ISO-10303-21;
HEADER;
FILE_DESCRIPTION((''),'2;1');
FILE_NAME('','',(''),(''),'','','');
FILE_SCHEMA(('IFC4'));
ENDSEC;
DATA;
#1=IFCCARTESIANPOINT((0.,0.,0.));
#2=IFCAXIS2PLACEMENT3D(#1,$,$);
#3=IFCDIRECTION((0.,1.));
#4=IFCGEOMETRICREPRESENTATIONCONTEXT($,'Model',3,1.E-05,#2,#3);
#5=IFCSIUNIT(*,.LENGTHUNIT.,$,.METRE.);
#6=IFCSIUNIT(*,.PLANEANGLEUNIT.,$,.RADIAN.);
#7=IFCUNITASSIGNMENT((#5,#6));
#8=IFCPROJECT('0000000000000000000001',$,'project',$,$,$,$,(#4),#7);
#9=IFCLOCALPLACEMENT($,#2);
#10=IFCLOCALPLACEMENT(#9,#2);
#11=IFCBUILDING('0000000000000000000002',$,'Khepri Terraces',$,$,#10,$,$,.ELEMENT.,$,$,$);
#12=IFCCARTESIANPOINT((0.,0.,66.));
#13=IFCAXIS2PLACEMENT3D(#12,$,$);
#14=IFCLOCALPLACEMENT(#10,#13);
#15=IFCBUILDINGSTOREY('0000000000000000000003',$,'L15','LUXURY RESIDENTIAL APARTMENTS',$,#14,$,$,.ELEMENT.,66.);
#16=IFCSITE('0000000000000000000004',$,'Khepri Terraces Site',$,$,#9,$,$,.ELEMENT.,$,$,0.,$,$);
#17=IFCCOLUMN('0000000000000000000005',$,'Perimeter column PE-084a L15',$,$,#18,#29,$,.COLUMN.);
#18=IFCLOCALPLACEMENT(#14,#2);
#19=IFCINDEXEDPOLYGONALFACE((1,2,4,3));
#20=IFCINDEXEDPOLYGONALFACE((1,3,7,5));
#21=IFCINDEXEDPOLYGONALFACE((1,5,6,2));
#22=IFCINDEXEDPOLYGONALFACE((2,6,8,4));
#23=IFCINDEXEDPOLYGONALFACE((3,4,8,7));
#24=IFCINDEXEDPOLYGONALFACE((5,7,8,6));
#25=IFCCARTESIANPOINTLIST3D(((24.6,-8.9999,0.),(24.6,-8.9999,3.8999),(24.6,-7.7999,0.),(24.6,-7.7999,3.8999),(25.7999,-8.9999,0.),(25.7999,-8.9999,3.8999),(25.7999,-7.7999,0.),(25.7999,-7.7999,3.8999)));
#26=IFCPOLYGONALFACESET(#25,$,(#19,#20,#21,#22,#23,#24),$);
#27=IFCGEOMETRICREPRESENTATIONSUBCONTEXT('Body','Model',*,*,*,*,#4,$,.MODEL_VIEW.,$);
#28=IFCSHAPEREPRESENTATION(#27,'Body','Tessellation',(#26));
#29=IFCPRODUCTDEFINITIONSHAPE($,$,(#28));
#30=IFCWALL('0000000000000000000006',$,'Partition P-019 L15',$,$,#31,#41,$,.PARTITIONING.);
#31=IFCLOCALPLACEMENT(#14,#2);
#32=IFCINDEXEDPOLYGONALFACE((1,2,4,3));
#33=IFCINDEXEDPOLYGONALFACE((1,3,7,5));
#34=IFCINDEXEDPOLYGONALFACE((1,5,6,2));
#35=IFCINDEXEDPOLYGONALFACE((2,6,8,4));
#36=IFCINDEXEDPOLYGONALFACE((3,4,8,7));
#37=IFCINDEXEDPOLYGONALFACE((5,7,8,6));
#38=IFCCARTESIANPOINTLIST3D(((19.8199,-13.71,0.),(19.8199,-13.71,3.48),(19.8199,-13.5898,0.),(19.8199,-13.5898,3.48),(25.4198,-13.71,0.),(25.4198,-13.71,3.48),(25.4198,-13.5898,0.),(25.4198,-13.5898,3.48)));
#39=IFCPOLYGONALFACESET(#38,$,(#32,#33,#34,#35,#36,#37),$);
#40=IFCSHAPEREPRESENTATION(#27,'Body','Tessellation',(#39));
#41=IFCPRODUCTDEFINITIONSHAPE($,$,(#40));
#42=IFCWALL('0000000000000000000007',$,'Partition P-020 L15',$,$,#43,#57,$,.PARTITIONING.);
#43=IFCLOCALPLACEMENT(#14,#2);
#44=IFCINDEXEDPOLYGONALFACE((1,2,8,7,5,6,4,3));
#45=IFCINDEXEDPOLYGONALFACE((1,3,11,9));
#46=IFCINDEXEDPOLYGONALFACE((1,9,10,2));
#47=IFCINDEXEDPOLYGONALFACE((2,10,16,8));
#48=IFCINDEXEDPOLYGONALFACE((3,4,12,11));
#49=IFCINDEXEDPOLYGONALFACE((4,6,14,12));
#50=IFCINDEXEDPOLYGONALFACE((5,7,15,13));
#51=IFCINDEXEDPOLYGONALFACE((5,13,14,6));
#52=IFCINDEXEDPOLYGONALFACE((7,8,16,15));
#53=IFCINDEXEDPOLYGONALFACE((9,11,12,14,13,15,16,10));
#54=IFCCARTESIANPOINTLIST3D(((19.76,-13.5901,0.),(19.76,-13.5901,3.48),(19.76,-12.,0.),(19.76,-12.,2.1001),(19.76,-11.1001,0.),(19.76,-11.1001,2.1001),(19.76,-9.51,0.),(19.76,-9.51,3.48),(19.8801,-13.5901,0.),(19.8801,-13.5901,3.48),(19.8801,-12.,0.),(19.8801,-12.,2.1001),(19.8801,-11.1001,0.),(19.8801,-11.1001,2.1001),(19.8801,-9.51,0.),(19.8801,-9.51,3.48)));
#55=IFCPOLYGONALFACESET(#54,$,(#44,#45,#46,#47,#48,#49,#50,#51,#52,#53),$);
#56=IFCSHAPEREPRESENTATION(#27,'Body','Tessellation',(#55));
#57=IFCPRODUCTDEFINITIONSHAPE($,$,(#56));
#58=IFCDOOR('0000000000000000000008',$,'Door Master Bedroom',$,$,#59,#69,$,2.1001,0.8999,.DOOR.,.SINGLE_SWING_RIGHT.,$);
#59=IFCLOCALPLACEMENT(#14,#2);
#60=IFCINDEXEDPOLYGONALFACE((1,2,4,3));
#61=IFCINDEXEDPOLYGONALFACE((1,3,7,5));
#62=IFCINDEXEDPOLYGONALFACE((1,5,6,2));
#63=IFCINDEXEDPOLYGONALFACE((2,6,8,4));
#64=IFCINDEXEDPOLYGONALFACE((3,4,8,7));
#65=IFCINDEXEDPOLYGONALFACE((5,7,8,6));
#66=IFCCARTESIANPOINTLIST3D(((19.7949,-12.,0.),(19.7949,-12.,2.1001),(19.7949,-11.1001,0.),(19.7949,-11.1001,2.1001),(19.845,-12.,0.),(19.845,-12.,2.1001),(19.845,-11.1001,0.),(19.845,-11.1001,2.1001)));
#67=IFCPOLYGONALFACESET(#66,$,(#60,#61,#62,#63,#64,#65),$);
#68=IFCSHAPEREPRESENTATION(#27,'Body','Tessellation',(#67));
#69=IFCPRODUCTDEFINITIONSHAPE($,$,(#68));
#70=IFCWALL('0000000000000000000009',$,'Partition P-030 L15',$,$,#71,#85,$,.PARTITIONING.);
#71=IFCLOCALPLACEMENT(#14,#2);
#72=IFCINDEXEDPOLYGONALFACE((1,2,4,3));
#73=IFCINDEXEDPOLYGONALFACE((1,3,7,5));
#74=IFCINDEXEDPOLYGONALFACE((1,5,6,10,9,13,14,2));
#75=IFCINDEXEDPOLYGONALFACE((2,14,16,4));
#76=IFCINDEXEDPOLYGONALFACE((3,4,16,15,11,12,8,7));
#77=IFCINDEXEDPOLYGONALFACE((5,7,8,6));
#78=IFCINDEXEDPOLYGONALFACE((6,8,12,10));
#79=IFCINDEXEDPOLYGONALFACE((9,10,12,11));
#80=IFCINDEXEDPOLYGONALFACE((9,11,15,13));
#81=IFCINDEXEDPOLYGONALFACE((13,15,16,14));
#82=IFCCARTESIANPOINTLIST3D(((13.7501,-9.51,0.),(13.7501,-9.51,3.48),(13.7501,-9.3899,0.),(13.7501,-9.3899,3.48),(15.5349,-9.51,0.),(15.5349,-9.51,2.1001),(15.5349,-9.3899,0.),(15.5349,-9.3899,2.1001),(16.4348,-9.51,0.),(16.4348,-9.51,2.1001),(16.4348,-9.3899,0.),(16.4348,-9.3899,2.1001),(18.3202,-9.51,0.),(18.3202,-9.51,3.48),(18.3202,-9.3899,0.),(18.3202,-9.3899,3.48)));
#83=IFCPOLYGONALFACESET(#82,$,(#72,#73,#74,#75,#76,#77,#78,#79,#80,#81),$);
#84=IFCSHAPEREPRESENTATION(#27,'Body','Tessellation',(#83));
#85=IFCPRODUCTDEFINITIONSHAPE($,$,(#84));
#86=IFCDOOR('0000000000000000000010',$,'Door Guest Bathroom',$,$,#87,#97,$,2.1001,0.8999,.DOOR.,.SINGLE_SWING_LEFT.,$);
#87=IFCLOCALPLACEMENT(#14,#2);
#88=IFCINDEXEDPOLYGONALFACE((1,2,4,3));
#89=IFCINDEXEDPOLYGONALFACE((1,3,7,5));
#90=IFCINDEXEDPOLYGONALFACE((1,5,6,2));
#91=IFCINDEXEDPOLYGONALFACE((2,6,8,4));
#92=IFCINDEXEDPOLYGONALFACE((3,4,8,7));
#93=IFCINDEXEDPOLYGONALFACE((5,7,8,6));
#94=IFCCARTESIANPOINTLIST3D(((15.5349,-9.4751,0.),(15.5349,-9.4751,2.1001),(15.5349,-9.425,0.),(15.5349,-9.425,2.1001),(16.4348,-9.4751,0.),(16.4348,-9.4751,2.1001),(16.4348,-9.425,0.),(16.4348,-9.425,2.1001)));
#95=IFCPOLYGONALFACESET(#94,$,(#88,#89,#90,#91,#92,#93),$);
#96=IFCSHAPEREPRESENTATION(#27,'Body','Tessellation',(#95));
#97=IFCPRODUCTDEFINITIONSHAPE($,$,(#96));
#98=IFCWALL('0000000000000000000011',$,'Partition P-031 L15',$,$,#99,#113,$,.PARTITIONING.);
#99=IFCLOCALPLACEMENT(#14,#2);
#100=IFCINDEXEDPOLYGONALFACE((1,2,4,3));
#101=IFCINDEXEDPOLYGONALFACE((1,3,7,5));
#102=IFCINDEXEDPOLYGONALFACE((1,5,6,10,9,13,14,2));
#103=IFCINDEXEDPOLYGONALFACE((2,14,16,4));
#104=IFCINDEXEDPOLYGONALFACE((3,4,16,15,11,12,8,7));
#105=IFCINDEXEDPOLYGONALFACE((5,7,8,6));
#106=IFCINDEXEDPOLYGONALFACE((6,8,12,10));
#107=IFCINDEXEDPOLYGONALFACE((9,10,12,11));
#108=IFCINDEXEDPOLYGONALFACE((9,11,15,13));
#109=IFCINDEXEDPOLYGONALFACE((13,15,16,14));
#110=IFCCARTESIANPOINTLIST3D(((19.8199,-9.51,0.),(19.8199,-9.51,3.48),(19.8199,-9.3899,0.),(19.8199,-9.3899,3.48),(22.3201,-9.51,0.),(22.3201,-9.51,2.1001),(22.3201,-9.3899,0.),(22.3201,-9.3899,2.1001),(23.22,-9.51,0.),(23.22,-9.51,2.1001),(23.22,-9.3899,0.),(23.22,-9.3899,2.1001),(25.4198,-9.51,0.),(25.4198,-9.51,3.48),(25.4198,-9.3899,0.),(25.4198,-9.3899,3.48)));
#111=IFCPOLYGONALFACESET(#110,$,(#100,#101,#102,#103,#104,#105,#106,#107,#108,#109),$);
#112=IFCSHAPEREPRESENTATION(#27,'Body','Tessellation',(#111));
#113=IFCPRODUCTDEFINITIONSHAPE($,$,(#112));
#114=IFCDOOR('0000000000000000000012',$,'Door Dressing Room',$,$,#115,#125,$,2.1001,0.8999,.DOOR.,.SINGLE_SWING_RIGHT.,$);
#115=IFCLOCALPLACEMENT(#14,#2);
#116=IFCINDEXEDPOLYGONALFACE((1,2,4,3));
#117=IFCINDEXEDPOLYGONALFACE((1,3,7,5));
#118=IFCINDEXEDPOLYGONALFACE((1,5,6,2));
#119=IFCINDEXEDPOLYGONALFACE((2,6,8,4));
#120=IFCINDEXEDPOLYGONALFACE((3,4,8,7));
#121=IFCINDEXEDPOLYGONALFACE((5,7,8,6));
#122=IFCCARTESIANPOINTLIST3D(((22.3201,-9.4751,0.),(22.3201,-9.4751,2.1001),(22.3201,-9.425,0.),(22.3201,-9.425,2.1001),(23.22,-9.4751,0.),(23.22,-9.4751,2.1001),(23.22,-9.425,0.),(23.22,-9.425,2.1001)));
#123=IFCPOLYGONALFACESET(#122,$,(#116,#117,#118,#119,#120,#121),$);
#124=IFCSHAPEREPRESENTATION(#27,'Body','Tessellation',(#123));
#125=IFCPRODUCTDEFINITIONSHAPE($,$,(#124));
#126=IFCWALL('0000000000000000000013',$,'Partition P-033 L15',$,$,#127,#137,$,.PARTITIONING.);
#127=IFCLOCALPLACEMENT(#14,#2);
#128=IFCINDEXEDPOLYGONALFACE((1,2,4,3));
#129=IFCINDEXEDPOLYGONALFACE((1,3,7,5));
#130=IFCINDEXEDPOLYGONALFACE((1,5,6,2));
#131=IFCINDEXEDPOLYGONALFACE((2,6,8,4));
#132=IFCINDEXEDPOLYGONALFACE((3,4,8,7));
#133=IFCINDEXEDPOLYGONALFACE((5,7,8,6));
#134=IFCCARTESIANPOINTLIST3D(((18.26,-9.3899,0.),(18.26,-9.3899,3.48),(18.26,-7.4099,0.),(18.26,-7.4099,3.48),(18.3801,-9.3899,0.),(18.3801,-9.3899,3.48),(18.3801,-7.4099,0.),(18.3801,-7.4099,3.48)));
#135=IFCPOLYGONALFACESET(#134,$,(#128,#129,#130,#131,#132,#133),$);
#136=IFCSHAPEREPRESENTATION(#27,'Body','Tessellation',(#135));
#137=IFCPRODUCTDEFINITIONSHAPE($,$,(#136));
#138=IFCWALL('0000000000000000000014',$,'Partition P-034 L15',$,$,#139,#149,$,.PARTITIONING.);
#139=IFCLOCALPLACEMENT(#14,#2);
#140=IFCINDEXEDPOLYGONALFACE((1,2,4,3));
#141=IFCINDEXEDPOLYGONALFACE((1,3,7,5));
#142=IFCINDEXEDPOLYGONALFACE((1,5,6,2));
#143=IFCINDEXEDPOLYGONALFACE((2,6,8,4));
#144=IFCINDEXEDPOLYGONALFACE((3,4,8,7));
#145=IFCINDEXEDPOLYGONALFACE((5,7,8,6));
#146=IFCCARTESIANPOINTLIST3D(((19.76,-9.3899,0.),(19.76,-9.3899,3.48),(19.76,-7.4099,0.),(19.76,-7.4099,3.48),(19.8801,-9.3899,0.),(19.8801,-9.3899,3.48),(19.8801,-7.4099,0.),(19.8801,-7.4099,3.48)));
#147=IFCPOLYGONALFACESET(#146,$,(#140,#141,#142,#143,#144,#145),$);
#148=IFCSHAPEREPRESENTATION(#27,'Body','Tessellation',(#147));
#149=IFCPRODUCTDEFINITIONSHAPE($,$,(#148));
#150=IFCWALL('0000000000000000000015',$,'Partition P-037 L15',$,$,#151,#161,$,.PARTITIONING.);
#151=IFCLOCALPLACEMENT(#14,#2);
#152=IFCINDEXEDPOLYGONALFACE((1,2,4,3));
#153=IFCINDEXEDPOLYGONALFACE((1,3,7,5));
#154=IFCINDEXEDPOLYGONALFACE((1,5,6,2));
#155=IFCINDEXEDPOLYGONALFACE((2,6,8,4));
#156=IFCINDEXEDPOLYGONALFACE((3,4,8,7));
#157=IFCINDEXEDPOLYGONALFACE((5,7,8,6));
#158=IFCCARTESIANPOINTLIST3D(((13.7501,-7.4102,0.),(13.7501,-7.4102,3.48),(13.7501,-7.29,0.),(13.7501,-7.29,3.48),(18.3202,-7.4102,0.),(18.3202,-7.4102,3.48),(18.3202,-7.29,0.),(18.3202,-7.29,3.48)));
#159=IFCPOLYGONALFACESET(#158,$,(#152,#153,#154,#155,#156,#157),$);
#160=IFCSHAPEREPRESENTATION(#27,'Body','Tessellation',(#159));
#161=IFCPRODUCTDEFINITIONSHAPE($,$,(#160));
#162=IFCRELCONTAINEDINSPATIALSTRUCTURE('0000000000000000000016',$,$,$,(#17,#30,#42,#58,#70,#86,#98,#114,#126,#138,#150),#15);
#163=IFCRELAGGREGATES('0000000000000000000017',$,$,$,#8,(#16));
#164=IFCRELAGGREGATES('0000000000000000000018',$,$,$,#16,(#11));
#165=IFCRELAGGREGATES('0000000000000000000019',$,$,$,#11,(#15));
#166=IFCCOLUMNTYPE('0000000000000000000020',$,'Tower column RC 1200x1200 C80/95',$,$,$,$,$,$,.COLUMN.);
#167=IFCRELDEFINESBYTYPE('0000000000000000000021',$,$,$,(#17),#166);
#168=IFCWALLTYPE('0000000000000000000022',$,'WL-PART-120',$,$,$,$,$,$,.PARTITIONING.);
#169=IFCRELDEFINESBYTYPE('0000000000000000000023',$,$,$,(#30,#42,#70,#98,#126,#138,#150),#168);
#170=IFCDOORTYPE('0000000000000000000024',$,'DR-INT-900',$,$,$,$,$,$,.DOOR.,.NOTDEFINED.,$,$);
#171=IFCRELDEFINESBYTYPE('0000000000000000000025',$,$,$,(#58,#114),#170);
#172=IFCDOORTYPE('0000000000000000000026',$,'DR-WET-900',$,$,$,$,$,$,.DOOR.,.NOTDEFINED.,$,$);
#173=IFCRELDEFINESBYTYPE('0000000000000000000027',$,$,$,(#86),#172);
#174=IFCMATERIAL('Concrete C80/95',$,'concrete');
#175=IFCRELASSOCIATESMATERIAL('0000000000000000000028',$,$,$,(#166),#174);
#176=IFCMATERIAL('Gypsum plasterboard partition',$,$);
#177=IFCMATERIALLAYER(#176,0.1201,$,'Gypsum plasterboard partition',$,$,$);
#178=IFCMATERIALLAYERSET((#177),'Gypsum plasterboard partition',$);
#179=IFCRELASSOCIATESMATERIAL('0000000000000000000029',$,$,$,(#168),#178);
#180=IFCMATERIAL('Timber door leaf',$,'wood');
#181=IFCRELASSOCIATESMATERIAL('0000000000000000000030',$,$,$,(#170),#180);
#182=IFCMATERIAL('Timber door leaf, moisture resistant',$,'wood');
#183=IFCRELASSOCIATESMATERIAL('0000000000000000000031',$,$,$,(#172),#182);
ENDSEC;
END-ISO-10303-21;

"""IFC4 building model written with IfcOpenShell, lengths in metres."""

from ifc_helpers import new_model, si_unit, direction, frame, frame_2d, origin, origin_2d, place, context, subcontext, project, spatial, rectangle, extrude, material, layer, layer_set, material_profile, profile_set, type_object, element, fill, save


model = new_model("IFC4")

# Units and contexts
model_context = context("Model", 3, precision=1e-05, world=origin(), true_north=direction((0.0, 1.0)))
body_context = subcontext(model_context, "Body", "Model", "MODEL_VIEW")
ifc_project = project(units=[si_unit("LENGTHUNIT", "METRE"), si_unit("PLANEANGLEUNIT", "RADIAN")], contexts=[model_context])

# Site, building, storey
site_placement = place(None, origin())
site = spatial("IfcSite", under=ifc_project, at=site_placement, Name="Khepri Terraces Site", CompositionType="ELEMENT", RefElevation=0.0)
building_placement = place(site_placement, origin())
building = spatial("IfcBuilding", under=site, at=building_placement, Name="Khepri Terraces", CompositionType="ELEMENT")
storey_placement = place(building_placement, frame((0.0, 0.0, 66.0)))
storey = spatial("IfcBuildingStorey", under=building, at=storey_placement, Name="L15", Description="LUXURY RESIDENTIAL APARTMENTS", CompositionType="ELEMENT", Elevation=66.0)

# Column
ifc_material_1 = material(Name="Concrete C80/95", Category="concrete")
ifc_material_profile = material_profile(ifc_material_1, rectangle(XDim=1.2, YDim=1.2, at=origin_2d()), Name="Concrete C80/95", Category="concrete")
ifc_profile_set = profile_set([ifc_material_profile], Name="Concrete C80/95")
column_type = type_object("IfcColumnType", Name="Tower column RC 1200x1200 C80/95", PredefinedType="COLUMN", material=ifc_profile_set)
column_placement = place(storey_placement, frame((25.2, -8.3999, 0.0), z_axis=(0.0, 0.0, 1.0), x_axis=(1.0, 0.0, 0.0)))
element("IfcColumn", 1, at=column_placement, inside=storey, type_object=column_type, Name="Perimeter column PE-084a L15", PredefinedType="COLUMN", context=body_context, shape_type="SweptSolid", body=[
    extrude(rectangle(XDim=1.2, YDim=1.2, at=origin_2d()), origin(), (0.0, 0.0, 1.0), 3.8999),
])

# Wall
ifc_material_2 = material(Name="Gypsum plasterboard partition")
ifc_layer_1 = layer(ifc_material_2, 0.1201, Name="Gypsum plasterboard partition")
ifc_layer_set_1 = layer_set([ifc_layer_1], Name="Gypsum plasterboard partition")
wall_type_1 = type_object("IfcWallType", Name="WL-PART-120", PredefinedType="PARTITIONING", material=ifc_layer_set_1)
wall_1_placement = place(storey_placement, frame((19.8201, -13.6499, 0.0), z_axis=(0.0, 0.0, 1.0), x_axis=(1.0, 0.0, 0.0)))
element("IfcWall", 2, at=wall_1_placement, inside=storey, type_object=wall_type_1, Name="Partition P-019 L15", PredefinedType="PARTITIONING", context=body_context, shape_type="SweptSolid", body=[
    extrude(rectangle(XDim=5.5999, YDim=0.1201, at=frame_2d((2.7998, 0.0))), origin(), (0.0, 0.0, 1.0), 3.48),
])

# Walls, openings, doors
wall_2_placement = place(storey_placement, frame((19.8201, -13.5901, 0.0), z_axis=(0.0, 0.0, 1.0), x_axis=(0.0, 1.0, 0.0)))
wall_2 = element("IfcWall", 3, at=wall_2_placement, inside=storey, type_object=wall_type_1, Name="Partition P-020 L15", PredefinedType="PARTITIONING", context=body_context, shape_type="SweptSolid", body=[
    extrude(rectangle(XDim=4.0801, YDim=0.1201, at=frame_2d((2.04, 0.0))), origin(), (0.0, 0.0, 1.0), 3.48),
])
opening_1_placement = place(wall_2_placement, frame((1.5901, 0.0, 0.0)))
opening_1 = element("IfcOpeningElement", 4, at=opening_1_placement, cuts=wall_2, PredefinedType="OPENING", context=body_context, shape_type="SweptSolid", body=[
    extrude(rectangle(XDim=0.8999, YDim=2.1001, at=frame_2d((0.45, 1.05))), frame((0.0, 0.0701, 0.0), z_axis=(0.0, -1.0, 0.0), x_axis=(1.0, 0.0, 0.0)), (0.0, 0.0, 1.0), 0.1401),
])
ifc_material_3 = material(Name="Timber door leaf", Category="wood")
door_type_1 = type_object("IfcDoorType", Name="DR-INT-900", OperationType="NOTDEFINED", PredefinedType="DOOR", material=ifc_material_3)
door_1_placement = place(opening_1_placement, frame((0.8999, 0.0, 0.0), z_axis=(0.0, 0.0, 1.0), x_axis=(-1.0, 0.0, 0.0)))
door_1 = element("IfcDoor", 5, at=door_1_placement, inside=storey, type_object=door_type_1, Name="Door Master Bedroom", OperationType="SINGLE_SWING_RIGHT", OverallHeight=2.1001, OverallWidth=0.8999, PredefinedType="DOOR", context=body_context, shape_type="SweptSolid", body=[
    extrude(rectangle(XDim=0.8999, YDim=2.1001, at=frame_2d((0.45, 1.05))), frame((0.0, 0.0249, 0.0), z_axis=(0.0, -1.0, 0.0), x_axis=(1.0, 0.0, 0.0)), (0.0, 0.0, 1.0), 0.05),
])
fill(opening_1, door_1)
wall_3_placement = place(storey_placement, frame((13.75, -9.45, 0.0), z_axis=(0.0, 0.0, 1.0), x_axis=(1.0, 0.0, 0.0)))
wall_3 = element("IfcWall", 6, at=wall_3_placement, inside=storey, type_object=wall_type_1, Name="Partition P-030 L15", PredefinedType="PARTITIONING", context=body_context, shape_type="SweptSolid", body=[
    extrude(rectangle(XDim=4.5701, YDim=0.1201, at=frame_2d((2.2852, 0.0))), origin(), (0.0, 0.0, 1.0), 3.48),
])
opening_2_placement = place(wall_3_placement, frame((1.7849, 0.0, 0.0)))
opening_2 = element("IfcOpeningElement", 7, at=opening_2_placement, cuts=wall_3, PredefinedType="OPENING", context=body_context, shape_type="SweptSolid", body=[
    extrude(rectangle(XDim=0.8999, YDim=2.1001, at=frame_2d((0.45, 1.05))), frame((0.0, 0.0701, 0.0), z_axis=(0.0, -1.0, 0.0), x_axis=(1.0, 0.0, 0.0)), (0.0, 0.0, 1.0), 0.1401),
])
ifc_material_4 = material(Name="Timber door leaf, moisture resistant", Category="wood")
door_type_2 = type_object("IfcDoorType", Name="DR-WET-900", OperationType="NOTDEFINED", PredefinedType="DOOR", material=ifc_material_4)
door_2_placement = place(opening_2_placement, origin())
door_2 = element("IfcDoor", 8, at=door_2_placement, inside=storey, type_object=door_type_2, Name="Door Guest Bathroom", OperationType="SINGLE_SWING_LEFT", OverallHeight=2.1001, OverallWidth=0.8999, PredefinedType="DOOR", context=body_context, shape_type="SweptSolid", body=[
    extrude(rectangle(XDim=0.8999, YDim=2.1001, at=frame_2d((0.45, 1.05))), frame((0.0, 0.0249, 0.0), z_axis=(0.0, -1.0, 0.0), x_axis=(1.0, 0.0, 0.0)), (0.0, 0.0, 1.0), 0.05),
])
fill(opening_2, door_2)
wall_4_placement = place(storey_placement, frame((19.8201, -9.45, 0.0), z_axis=(0.0, 0.0, 1.0), x_axis=(1.0, 0.0, 0.0)))
wall_4 = element("IfcWall", 9, at=wall_4_placement, inside=storey, type_object=wall_type_1, Name="Partition P-031 L15", PredefinedType="PARTITIONING", context=body_context, shape_type="SweptSolid", body=[
    extrude(rectangle(XDim=5.5999, YDim=0.1201, at=frame_2d((2.7998, 0.0))), origin(), (0.0, 0.0, 1.0), 3.48),
])
opening_3_placement = place(wall_4_placement, frame((2.5, 0.0, 0.0)))
opening_3 = element("IfcOpeningElement", 10, at=opening_3_placement, cuts=wall_4, PredefinedType="OPENING", context=body_context, shape_type="SweptSolid", body=[
    extrude(rectangle(XDim=0.8999, YDim=2.1001, at=frame_2d((0.45, 1.05))), frame((0.0, 0.0701, 0.0), z_axis=(0.0, -1.0, 0.0), x_axis=(1.0, 0.0, 0.0)), (0.0, 0.0, 1.0), 0.1401),
])
door_3_placement = place(opening_3_placement, origin())
door_3 = element("IfcDoor", 11, at=door_3_placement, inside=storey, type_object=door_type_1, Name="Door Dressing Room", OperationType="SINGLE_SWING_RIGHT", OverallHeight=2.1001, OverallWidth=0.8999, PredefinedType="DOOR", context=body_context, shape_type="SweptSolid", body=[
    extrude(rectangle(XDim=0.8999, YDim=2.1001, at=frame_2d((0.45, 1.05))), frame((0.0, 0.0249, 0.0), z_axis=(0.0, -1.0, 0.0), x_axis=(1.0, 0.0, 0.0)), (0.0, 0.0, 1.0), 0.05),
])
fill(opening_3, door_3)

# Walls
for number, where, z_axis, x_axis, name in (
    (12, (18.3201, -9.3899, 0.0), (0.0, 0.0, 1.0), (0.0, 1.0, 0.0), "Partition P-033 L15"),
    (13, (19.8201, -9.3899, 0.0), (0.0, 0.0, 1.0), (0.0, 1.0, 0.0), "Partition P-034 L15"),
):
    element("IfcWall", number, at=place(storey_placement, frame(where, z_axis=z_axis, x_axis=x_axis)), inside=storey, type_object=wall_type_1, Name=name, PredefinedType="PARTITIONING", context=body_context, shape_type="SweptSolid", body=[
        extrude(rectangle(XDim=1.98, YDim=0.1201, at=frame_2d((0.99, 0.0))), origin(), (0.0, 0.0, 1.0), 3.48),
    ])
wall_5_placement = place(storey_placement, frame((13.75, -7.3501, 0.0), z_axis=(0.0, 0.0, 1.0), x_axis=(1.0, 0.0, 0.0)))
element("IfcWall", 14, at=wall_5_placement, inside=storey, type_object=wall_type_1, Name="Partition P-037 L15", PredefinedType="PARTITIONING", context=body_context, shape_type="SweptSolid", body=[
    extrude(rectangle(XDim=4.5701, YDim=0.1201, at=frame_2d((2.2852, 0.0))), origin(), (0.0, 0.0, 1.0), 3.48),
])

save(model, "model.ifc")
